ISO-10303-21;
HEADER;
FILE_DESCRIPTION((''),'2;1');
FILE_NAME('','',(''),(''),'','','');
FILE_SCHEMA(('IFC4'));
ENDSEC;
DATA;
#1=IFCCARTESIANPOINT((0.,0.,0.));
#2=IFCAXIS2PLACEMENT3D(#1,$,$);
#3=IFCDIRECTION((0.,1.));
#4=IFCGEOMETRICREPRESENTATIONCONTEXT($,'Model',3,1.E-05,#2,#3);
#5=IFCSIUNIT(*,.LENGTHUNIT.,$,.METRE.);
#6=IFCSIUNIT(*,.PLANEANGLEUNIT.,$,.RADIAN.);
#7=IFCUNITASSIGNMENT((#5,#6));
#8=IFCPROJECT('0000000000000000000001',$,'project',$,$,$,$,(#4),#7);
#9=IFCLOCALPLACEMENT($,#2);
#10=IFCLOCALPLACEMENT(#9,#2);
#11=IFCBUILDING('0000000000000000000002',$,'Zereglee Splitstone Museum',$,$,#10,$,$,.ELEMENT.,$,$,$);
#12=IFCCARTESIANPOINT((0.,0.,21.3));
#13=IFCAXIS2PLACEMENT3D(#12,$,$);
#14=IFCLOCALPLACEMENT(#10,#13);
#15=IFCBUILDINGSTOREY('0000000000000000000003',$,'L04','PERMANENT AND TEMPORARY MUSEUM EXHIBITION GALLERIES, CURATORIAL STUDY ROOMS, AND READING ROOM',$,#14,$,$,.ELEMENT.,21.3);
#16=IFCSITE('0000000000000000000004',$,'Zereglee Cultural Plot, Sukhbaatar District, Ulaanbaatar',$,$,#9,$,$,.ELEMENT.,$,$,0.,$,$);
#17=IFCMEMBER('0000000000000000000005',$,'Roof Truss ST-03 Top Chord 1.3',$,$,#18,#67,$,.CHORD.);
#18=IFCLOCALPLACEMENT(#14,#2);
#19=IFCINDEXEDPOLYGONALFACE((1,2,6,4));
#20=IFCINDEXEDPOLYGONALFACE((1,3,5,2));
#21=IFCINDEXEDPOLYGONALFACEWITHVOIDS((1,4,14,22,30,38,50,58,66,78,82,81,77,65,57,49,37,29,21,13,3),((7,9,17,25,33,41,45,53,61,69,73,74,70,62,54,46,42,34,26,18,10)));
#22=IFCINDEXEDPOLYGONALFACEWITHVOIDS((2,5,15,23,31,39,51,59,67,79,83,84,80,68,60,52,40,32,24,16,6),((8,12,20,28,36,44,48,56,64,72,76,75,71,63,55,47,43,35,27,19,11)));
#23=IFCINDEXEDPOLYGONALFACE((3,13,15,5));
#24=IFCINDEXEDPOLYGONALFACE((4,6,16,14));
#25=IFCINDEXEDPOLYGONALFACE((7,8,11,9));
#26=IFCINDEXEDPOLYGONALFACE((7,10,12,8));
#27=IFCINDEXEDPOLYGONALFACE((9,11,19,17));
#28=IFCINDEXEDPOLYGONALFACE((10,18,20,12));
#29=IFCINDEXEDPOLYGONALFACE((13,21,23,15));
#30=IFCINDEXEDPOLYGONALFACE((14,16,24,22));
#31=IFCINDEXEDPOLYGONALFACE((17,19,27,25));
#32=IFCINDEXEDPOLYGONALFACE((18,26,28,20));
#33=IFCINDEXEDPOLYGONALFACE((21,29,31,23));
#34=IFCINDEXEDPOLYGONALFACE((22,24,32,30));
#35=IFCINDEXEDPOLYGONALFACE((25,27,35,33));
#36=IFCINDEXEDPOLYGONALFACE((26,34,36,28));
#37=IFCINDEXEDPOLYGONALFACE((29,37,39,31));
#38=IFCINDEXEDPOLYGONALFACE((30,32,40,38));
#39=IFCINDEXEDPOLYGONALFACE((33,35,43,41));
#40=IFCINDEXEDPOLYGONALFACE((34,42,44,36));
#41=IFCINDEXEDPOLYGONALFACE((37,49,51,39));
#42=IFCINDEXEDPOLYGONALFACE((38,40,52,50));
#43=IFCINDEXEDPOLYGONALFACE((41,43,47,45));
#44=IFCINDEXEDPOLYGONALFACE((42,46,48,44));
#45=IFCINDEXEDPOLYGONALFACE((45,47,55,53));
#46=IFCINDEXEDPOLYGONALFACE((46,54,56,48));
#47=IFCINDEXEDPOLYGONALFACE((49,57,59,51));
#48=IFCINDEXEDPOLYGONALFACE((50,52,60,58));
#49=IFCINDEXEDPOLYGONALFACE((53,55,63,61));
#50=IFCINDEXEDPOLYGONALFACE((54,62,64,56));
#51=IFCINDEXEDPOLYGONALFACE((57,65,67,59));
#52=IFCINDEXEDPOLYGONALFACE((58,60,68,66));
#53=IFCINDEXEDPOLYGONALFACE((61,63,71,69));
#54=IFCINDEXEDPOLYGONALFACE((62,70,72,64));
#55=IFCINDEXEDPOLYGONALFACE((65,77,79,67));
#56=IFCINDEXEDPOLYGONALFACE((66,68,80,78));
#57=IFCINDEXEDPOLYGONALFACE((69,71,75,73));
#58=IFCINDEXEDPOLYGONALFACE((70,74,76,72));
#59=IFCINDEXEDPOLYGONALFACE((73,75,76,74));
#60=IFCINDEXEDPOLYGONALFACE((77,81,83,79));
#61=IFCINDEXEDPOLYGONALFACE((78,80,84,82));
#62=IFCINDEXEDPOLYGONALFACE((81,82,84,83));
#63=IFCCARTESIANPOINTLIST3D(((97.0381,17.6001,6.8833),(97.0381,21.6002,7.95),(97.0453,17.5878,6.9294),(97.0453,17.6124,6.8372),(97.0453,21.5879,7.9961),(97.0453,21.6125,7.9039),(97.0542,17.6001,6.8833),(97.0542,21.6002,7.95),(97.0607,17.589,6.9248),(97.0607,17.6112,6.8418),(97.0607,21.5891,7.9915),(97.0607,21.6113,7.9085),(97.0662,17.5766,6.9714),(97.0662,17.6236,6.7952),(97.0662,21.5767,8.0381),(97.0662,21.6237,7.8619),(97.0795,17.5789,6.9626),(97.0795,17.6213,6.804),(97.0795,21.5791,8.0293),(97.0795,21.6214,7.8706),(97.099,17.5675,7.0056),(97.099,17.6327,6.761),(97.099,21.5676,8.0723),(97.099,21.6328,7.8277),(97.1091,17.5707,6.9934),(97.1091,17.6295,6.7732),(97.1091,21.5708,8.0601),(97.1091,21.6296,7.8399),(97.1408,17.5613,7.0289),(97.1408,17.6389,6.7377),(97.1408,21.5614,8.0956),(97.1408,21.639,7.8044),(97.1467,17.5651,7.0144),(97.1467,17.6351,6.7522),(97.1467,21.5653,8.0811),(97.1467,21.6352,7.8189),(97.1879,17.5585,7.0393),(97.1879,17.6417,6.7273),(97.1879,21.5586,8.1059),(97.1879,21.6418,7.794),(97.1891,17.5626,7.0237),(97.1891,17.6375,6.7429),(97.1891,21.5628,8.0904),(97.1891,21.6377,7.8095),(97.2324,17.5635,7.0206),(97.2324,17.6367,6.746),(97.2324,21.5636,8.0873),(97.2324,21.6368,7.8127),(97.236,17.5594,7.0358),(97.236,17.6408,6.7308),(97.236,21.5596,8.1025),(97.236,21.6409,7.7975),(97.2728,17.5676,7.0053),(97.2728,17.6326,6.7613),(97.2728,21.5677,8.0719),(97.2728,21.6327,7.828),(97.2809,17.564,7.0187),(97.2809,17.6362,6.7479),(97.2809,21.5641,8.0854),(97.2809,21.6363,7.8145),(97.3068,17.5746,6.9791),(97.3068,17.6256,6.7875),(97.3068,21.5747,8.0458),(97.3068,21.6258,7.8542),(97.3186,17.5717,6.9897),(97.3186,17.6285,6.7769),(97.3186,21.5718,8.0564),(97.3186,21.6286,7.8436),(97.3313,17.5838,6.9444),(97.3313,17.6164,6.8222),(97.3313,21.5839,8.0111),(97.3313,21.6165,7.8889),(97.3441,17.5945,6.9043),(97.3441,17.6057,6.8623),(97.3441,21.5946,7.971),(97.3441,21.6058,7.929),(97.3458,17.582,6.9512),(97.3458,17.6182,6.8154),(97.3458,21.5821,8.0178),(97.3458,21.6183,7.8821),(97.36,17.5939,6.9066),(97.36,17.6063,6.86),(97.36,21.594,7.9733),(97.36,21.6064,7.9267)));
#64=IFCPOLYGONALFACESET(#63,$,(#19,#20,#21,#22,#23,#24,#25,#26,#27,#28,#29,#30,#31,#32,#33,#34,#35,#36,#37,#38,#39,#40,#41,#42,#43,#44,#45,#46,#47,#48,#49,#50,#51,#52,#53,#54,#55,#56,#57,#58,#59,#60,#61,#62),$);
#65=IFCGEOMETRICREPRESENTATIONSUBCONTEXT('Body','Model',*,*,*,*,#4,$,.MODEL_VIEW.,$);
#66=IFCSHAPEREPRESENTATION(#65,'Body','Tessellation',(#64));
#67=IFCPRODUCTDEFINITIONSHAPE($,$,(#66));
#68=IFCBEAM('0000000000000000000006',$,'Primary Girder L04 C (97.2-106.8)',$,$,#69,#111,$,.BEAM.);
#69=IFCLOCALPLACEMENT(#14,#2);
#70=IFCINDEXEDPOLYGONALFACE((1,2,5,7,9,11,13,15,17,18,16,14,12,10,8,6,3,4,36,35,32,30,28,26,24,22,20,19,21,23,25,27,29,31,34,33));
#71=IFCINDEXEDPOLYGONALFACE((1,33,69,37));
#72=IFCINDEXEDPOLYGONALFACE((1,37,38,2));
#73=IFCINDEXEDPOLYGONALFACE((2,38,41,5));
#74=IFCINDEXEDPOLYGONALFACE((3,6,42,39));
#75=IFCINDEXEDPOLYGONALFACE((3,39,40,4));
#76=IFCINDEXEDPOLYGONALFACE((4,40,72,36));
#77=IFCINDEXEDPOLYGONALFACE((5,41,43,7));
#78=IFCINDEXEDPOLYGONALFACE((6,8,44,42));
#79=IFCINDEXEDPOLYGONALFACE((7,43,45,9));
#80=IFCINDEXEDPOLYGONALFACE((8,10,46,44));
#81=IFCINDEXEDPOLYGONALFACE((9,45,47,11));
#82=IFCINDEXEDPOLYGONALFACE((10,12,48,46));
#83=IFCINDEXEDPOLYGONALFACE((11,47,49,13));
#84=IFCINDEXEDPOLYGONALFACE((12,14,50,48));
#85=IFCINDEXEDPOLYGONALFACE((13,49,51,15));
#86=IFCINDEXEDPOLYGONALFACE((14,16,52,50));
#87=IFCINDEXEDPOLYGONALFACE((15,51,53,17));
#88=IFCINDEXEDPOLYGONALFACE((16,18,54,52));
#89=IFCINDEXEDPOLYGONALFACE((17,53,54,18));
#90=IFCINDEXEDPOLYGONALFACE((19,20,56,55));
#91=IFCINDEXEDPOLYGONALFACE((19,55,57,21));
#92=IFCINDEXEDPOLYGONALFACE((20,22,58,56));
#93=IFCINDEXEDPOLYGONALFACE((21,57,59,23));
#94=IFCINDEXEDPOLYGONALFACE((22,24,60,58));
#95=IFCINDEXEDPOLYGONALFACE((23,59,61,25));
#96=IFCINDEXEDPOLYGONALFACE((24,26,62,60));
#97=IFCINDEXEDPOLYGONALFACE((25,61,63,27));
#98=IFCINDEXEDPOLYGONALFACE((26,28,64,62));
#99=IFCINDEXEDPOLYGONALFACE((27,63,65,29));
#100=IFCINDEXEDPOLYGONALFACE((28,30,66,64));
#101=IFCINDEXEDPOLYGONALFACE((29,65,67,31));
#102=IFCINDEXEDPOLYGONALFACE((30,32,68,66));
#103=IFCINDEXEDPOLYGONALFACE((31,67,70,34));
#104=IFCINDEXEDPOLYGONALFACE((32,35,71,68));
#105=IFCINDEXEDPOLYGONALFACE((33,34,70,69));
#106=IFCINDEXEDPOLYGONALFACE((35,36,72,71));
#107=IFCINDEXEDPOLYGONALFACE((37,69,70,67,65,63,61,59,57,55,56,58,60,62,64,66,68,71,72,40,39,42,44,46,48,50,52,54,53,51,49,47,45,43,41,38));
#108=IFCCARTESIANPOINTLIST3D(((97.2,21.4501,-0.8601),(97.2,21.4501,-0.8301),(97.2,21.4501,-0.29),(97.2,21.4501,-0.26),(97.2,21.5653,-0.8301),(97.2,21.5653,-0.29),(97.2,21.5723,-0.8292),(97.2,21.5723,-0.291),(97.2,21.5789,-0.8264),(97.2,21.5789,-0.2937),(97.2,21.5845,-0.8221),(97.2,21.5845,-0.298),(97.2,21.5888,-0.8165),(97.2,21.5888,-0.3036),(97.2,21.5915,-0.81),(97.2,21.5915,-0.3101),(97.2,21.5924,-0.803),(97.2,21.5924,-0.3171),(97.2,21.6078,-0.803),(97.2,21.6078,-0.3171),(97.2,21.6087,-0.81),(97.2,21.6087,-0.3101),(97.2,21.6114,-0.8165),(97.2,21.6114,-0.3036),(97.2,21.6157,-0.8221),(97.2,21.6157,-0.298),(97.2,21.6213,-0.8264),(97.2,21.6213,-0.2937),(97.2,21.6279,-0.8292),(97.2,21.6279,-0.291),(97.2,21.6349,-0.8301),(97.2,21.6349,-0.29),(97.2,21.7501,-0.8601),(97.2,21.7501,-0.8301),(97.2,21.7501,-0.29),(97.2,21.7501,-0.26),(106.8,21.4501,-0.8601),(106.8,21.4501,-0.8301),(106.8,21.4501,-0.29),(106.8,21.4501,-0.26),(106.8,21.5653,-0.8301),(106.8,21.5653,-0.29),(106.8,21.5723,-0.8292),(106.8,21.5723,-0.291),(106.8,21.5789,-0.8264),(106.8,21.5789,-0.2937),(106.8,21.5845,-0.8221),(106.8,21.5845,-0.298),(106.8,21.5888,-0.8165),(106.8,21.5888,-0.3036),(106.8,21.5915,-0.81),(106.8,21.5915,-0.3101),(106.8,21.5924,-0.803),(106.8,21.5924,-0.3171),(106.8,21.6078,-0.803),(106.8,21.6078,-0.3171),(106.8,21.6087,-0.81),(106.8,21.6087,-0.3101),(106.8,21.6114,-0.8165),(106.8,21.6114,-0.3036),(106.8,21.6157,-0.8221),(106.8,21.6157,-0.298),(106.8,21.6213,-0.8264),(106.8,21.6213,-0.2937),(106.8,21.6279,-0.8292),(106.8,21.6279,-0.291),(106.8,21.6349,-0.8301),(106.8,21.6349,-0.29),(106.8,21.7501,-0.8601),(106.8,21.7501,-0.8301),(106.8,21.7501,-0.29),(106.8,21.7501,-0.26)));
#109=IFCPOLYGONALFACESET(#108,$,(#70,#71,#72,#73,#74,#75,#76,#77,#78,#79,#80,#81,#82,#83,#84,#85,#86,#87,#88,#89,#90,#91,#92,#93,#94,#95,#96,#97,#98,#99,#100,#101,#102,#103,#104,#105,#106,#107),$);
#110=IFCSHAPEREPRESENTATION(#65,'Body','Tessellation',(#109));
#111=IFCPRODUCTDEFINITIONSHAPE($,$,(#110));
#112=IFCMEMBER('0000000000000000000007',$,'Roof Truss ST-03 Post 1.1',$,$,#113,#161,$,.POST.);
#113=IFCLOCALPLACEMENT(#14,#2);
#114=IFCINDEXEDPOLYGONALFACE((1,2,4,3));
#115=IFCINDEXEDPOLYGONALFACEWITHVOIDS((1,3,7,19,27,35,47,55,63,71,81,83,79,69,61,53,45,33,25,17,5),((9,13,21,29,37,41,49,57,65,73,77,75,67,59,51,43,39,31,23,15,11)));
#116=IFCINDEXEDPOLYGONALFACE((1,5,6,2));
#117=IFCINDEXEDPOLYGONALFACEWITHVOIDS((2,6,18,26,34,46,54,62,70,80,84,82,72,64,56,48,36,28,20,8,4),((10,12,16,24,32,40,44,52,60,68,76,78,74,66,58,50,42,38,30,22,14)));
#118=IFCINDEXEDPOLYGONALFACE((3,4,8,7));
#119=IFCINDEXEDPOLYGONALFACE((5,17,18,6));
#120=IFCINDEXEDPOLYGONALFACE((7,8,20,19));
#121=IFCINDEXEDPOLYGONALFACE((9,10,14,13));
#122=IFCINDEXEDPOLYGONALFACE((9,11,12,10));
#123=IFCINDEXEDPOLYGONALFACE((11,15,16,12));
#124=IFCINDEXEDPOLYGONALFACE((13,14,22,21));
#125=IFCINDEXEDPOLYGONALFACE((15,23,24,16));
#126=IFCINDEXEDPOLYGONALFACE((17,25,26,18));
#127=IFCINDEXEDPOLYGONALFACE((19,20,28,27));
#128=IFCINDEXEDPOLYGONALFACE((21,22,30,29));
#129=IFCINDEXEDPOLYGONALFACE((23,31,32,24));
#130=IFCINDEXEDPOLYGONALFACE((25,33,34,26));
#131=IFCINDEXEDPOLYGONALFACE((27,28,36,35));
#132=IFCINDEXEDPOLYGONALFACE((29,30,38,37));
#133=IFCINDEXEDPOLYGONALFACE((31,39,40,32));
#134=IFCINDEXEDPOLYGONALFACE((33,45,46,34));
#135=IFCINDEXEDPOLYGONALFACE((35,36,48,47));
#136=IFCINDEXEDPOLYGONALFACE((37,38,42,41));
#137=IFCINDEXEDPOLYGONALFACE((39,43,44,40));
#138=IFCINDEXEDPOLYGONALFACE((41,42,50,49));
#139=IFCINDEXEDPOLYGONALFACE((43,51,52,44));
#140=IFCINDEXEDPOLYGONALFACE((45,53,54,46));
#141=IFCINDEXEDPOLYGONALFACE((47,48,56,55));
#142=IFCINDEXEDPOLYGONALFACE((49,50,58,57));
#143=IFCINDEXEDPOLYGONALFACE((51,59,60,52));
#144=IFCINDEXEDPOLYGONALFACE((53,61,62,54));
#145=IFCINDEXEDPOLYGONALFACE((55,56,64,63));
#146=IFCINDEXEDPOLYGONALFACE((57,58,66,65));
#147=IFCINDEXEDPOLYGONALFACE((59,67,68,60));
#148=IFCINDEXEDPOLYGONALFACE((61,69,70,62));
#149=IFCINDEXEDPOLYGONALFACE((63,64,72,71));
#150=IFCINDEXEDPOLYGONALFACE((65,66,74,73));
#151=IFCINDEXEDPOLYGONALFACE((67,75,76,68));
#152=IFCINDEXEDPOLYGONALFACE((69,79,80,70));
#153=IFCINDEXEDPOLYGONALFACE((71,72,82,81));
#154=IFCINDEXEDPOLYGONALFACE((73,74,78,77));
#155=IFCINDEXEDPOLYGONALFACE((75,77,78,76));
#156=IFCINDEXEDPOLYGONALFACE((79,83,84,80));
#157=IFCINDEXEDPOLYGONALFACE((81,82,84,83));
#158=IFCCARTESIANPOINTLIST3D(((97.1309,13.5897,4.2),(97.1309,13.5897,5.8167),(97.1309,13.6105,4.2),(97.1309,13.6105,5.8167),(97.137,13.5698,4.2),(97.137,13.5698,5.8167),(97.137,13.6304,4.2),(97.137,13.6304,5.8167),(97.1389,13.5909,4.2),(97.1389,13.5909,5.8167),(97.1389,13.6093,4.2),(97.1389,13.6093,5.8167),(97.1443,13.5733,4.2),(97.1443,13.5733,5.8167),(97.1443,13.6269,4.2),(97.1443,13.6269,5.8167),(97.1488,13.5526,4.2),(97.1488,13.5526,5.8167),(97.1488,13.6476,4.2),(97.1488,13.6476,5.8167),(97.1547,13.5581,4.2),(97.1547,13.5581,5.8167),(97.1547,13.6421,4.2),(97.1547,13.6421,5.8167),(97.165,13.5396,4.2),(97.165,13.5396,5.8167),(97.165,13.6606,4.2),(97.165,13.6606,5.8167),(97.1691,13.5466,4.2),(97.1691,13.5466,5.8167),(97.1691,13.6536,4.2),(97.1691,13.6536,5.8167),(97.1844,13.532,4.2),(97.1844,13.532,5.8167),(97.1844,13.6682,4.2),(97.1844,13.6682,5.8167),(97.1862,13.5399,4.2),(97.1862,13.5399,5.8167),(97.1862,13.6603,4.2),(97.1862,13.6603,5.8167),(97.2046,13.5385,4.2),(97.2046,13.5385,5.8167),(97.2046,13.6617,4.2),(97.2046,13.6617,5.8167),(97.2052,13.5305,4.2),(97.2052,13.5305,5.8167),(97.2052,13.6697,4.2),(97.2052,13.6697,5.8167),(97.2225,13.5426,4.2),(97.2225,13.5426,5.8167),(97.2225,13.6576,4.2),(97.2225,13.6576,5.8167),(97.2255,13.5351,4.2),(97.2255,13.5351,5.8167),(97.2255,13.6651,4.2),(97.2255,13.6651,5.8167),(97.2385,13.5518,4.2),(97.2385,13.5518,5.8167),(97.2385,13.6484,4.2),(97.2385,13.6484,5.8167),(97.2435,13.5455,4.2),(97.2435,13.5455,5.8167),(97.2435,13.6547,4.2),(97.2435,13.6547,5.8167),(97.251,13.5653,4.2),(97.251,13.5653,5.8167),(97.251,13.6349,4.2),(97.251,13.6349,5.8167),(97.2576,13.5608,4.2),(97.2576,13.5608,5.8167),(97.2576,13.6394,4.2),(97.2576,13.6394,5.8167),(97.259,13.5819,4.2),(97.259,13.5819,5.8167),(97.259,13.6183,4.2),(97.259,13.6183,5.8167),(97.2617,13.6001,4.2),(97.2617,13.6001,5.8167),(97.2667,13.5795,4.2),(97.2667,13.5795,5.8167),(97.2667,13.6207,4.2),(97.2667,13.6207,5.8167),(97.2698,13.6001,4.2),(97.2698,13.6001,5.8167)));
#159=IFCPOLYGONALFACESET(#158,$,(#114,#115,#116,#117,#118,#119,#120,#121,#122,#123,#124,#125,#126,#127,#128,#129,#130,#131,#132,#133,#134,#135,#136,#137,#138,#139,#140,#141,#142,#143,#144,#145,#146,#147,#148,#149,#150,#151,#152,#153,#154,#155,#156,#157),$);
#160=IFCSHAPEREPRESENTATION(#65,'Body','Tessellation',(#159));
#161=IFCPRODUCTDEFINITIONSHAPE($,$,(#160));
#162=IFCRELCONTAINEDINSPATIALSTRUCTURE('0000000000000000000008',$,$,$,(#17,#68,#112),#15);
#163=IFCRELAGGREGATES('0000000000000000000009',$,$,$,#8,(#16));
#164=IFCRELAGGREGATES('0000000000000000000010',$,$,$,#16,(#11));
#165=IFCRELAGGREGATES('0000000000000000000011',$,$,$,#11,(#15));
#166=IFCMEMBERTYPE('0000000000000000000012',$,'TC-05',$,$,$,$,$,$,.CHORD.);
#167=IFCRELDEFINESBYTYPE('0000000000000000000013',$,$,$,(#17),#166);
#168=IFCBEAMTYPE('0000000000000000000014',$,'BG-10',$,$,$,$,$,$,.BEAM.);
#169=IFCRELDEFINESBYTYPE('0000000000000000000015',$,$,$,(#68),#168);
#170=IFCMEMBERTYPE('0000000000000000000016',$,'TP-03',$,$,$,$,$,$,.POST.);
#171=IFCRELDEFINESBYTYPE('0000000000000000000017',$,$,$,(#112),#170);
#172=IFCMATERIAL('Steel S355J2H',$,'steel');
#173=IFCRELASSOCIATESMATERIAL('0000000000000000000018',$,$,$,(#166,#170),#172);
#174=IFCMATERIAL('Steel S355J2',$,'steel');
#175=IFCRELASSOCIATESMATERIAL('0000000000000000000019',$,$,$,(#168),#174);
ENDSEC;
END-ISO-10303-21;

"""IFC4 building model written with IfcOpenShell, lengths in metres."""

from ifc_helpers import new_model, si_unit, direction, frame, origin, origin_2d, place, context, subcontext, project, spatial, hollow_circle, i_section, extrude, material, material_profile, profile_set, type_object, element, save


model = new_model("IFC4")

# Units and contexts
model_context = context("Model", 3, precision=1e-05, world=origin(), true_north=direction((0.0, 1.0)))
body_context = subcontext(model_context, "Body", "Model", "MODEL_VIEW")
ifc_project = project(units=[si_unit("LENGTHUNIT", "METRE"), si_unit("PLANEANGLEUNIT", "RADIAN")], contexts=[model_context])

# Site, building, storey
site_placement = place(None, origin())
site = spatial("IfcSite", under=ifc_project, at=site_placement, Name="Zereglee Cultural Plot, Sukhbaatar District, Ulaanbaatar", CompositionType="ELEMENT", RefElevation=0.0)
building_placement = place(site_placement, origin())
building = spatial("IfcBuilding", under=site, at=building_placement, Name="Zereglee Splitstone Museum", CompositionType="ELEMENT")
storey_placement = place(building_placement, frame((0.0, 0.0, 21.3)))
storey = spatial("IfcBuildingStorey", under=building, at=storey_placement, Name="L04", Description="PERMANENT AND TEMPORARY MUSEUM EXHIBITION GALLERIES, CURATORIAL STUDY ROOMS, AND READING ROOM", CompositionType="ELEMENT", Elevation=21.3)

# Shared definitions
ifc_material_1 = material(Name="Steel S355J2", Category="steel")

# Member
ifc_material_2 = material(Name="Steel S355J2H", Category="steel")
ifc_material_profile_1 = material_profile(ifc_material_2, hollow_circle(Radius=0.1619, WallThickness=0.0161, at=origin_2d()), Name="CHS 323.9x16")
ifc_profile_set_1 = profile_set([ifc_material_profile_1], Name="Steel S355J2H")
member_type_1 = type_object("IfcMemberType", Name="TC-05", PredefinedType="CHORD", material=ifc_profile_set_1)
member_1_placement = place(storey_placement, frame((97.2, 17.6001, 6.8833), z_axis=(0.0, 0.966236, 0.257659), x_axis=(-1.0, 0.0, 0.0)))
element("IfcMember", 1, at=member_1_placement, inside=storey, type_object=member_type_1, Name="Roof Truss ST-03 Top Chord 1.3", PredefinedType="CHORD", context=body_context, shape_type="SweptSolid", body=[
    extrude(hollow_circle(Radius=0.1619, WallThickness=0.0161, at=origin_2d()), origin(), (0.0, 0.0, 1.0), 4.1399),
])

# Beam
ifc_material_profile_2 = material_profile(ifc_material_1, i_section(OverallWidth=0.3, OverallDepth=0.6001, WebThickness=0.0154, FlangeThickness=0.03, FilletRadius=0.0271, at=origin_2d()), Name="HE 600 B")
ifc_profile_set_2 = profile_set([ifc_material_profile_2], Name="Steel S355J2")
beam_type_1 = type_object("IfcBeamType", Name="BG-10", PredefinedType="BEAM", material=ifc_profile_set_2)
beam_1_placement = place(storey_placement, frame((97.2, 21.6001, -0.5601), z_axis=(1.0, 0.0, 0.0), x_axis=(0.0, 1.0, 0.0)))
element("IfcBeam", 2, at=beam_1_placement, inside=storey, type_object=beam_type_1, Name="Primary Girder L04 C (97.2-106.8)", PredefinedType="BEAM", context=body_context, shape_type="SweptSolid", body=[
    extrude(i_section(OverallWidth=0.3, OverallDepth=0.6001, WebThickness=0.0154, FlangeThickness=0.03, FilletRadius=0.0271, at=origin_2d()), origin(), (0.0, 0.0, 1.0), 9.6001),
])

# Member
ifc_material_profile_3 = material_profile(ifc_material_2, hollow_circle(Radius=0.0698, WallThickness=0.0081, at=origin_2d()), Name="CHS 139.7x8")
ifc_profile_set_3 = profile_set([ifc_material_profile_3], Name="Steel S355J2H")
member_type_2 = type_object("IfcMemberType", Name="TP-03", PredefinedType="POST", material=ifc_profile_set_3)
member_2_placement = place(storey_placement, frame((97.2, 13.6001, 4.2), z_axis=(0.0, 0.0, 1.0), x_axis=(1.0, 0.0, 0.0)))
element("IfcMember", 3, at=member_2_placement, inside=storey, type_object=member_type_2, Name="Roof Truss ST-03 Post 1.1", PredefinedType="POST", context=body_context, shape_type="SweptSolid", body=[
    extrude(hollow_circle(Radius=0.0698, WallThickness=0.0081, at=origin_2d()), origin(), (0.0, 0.0, 1.0), 1.6167),
])

save(model, "model.ifc")
